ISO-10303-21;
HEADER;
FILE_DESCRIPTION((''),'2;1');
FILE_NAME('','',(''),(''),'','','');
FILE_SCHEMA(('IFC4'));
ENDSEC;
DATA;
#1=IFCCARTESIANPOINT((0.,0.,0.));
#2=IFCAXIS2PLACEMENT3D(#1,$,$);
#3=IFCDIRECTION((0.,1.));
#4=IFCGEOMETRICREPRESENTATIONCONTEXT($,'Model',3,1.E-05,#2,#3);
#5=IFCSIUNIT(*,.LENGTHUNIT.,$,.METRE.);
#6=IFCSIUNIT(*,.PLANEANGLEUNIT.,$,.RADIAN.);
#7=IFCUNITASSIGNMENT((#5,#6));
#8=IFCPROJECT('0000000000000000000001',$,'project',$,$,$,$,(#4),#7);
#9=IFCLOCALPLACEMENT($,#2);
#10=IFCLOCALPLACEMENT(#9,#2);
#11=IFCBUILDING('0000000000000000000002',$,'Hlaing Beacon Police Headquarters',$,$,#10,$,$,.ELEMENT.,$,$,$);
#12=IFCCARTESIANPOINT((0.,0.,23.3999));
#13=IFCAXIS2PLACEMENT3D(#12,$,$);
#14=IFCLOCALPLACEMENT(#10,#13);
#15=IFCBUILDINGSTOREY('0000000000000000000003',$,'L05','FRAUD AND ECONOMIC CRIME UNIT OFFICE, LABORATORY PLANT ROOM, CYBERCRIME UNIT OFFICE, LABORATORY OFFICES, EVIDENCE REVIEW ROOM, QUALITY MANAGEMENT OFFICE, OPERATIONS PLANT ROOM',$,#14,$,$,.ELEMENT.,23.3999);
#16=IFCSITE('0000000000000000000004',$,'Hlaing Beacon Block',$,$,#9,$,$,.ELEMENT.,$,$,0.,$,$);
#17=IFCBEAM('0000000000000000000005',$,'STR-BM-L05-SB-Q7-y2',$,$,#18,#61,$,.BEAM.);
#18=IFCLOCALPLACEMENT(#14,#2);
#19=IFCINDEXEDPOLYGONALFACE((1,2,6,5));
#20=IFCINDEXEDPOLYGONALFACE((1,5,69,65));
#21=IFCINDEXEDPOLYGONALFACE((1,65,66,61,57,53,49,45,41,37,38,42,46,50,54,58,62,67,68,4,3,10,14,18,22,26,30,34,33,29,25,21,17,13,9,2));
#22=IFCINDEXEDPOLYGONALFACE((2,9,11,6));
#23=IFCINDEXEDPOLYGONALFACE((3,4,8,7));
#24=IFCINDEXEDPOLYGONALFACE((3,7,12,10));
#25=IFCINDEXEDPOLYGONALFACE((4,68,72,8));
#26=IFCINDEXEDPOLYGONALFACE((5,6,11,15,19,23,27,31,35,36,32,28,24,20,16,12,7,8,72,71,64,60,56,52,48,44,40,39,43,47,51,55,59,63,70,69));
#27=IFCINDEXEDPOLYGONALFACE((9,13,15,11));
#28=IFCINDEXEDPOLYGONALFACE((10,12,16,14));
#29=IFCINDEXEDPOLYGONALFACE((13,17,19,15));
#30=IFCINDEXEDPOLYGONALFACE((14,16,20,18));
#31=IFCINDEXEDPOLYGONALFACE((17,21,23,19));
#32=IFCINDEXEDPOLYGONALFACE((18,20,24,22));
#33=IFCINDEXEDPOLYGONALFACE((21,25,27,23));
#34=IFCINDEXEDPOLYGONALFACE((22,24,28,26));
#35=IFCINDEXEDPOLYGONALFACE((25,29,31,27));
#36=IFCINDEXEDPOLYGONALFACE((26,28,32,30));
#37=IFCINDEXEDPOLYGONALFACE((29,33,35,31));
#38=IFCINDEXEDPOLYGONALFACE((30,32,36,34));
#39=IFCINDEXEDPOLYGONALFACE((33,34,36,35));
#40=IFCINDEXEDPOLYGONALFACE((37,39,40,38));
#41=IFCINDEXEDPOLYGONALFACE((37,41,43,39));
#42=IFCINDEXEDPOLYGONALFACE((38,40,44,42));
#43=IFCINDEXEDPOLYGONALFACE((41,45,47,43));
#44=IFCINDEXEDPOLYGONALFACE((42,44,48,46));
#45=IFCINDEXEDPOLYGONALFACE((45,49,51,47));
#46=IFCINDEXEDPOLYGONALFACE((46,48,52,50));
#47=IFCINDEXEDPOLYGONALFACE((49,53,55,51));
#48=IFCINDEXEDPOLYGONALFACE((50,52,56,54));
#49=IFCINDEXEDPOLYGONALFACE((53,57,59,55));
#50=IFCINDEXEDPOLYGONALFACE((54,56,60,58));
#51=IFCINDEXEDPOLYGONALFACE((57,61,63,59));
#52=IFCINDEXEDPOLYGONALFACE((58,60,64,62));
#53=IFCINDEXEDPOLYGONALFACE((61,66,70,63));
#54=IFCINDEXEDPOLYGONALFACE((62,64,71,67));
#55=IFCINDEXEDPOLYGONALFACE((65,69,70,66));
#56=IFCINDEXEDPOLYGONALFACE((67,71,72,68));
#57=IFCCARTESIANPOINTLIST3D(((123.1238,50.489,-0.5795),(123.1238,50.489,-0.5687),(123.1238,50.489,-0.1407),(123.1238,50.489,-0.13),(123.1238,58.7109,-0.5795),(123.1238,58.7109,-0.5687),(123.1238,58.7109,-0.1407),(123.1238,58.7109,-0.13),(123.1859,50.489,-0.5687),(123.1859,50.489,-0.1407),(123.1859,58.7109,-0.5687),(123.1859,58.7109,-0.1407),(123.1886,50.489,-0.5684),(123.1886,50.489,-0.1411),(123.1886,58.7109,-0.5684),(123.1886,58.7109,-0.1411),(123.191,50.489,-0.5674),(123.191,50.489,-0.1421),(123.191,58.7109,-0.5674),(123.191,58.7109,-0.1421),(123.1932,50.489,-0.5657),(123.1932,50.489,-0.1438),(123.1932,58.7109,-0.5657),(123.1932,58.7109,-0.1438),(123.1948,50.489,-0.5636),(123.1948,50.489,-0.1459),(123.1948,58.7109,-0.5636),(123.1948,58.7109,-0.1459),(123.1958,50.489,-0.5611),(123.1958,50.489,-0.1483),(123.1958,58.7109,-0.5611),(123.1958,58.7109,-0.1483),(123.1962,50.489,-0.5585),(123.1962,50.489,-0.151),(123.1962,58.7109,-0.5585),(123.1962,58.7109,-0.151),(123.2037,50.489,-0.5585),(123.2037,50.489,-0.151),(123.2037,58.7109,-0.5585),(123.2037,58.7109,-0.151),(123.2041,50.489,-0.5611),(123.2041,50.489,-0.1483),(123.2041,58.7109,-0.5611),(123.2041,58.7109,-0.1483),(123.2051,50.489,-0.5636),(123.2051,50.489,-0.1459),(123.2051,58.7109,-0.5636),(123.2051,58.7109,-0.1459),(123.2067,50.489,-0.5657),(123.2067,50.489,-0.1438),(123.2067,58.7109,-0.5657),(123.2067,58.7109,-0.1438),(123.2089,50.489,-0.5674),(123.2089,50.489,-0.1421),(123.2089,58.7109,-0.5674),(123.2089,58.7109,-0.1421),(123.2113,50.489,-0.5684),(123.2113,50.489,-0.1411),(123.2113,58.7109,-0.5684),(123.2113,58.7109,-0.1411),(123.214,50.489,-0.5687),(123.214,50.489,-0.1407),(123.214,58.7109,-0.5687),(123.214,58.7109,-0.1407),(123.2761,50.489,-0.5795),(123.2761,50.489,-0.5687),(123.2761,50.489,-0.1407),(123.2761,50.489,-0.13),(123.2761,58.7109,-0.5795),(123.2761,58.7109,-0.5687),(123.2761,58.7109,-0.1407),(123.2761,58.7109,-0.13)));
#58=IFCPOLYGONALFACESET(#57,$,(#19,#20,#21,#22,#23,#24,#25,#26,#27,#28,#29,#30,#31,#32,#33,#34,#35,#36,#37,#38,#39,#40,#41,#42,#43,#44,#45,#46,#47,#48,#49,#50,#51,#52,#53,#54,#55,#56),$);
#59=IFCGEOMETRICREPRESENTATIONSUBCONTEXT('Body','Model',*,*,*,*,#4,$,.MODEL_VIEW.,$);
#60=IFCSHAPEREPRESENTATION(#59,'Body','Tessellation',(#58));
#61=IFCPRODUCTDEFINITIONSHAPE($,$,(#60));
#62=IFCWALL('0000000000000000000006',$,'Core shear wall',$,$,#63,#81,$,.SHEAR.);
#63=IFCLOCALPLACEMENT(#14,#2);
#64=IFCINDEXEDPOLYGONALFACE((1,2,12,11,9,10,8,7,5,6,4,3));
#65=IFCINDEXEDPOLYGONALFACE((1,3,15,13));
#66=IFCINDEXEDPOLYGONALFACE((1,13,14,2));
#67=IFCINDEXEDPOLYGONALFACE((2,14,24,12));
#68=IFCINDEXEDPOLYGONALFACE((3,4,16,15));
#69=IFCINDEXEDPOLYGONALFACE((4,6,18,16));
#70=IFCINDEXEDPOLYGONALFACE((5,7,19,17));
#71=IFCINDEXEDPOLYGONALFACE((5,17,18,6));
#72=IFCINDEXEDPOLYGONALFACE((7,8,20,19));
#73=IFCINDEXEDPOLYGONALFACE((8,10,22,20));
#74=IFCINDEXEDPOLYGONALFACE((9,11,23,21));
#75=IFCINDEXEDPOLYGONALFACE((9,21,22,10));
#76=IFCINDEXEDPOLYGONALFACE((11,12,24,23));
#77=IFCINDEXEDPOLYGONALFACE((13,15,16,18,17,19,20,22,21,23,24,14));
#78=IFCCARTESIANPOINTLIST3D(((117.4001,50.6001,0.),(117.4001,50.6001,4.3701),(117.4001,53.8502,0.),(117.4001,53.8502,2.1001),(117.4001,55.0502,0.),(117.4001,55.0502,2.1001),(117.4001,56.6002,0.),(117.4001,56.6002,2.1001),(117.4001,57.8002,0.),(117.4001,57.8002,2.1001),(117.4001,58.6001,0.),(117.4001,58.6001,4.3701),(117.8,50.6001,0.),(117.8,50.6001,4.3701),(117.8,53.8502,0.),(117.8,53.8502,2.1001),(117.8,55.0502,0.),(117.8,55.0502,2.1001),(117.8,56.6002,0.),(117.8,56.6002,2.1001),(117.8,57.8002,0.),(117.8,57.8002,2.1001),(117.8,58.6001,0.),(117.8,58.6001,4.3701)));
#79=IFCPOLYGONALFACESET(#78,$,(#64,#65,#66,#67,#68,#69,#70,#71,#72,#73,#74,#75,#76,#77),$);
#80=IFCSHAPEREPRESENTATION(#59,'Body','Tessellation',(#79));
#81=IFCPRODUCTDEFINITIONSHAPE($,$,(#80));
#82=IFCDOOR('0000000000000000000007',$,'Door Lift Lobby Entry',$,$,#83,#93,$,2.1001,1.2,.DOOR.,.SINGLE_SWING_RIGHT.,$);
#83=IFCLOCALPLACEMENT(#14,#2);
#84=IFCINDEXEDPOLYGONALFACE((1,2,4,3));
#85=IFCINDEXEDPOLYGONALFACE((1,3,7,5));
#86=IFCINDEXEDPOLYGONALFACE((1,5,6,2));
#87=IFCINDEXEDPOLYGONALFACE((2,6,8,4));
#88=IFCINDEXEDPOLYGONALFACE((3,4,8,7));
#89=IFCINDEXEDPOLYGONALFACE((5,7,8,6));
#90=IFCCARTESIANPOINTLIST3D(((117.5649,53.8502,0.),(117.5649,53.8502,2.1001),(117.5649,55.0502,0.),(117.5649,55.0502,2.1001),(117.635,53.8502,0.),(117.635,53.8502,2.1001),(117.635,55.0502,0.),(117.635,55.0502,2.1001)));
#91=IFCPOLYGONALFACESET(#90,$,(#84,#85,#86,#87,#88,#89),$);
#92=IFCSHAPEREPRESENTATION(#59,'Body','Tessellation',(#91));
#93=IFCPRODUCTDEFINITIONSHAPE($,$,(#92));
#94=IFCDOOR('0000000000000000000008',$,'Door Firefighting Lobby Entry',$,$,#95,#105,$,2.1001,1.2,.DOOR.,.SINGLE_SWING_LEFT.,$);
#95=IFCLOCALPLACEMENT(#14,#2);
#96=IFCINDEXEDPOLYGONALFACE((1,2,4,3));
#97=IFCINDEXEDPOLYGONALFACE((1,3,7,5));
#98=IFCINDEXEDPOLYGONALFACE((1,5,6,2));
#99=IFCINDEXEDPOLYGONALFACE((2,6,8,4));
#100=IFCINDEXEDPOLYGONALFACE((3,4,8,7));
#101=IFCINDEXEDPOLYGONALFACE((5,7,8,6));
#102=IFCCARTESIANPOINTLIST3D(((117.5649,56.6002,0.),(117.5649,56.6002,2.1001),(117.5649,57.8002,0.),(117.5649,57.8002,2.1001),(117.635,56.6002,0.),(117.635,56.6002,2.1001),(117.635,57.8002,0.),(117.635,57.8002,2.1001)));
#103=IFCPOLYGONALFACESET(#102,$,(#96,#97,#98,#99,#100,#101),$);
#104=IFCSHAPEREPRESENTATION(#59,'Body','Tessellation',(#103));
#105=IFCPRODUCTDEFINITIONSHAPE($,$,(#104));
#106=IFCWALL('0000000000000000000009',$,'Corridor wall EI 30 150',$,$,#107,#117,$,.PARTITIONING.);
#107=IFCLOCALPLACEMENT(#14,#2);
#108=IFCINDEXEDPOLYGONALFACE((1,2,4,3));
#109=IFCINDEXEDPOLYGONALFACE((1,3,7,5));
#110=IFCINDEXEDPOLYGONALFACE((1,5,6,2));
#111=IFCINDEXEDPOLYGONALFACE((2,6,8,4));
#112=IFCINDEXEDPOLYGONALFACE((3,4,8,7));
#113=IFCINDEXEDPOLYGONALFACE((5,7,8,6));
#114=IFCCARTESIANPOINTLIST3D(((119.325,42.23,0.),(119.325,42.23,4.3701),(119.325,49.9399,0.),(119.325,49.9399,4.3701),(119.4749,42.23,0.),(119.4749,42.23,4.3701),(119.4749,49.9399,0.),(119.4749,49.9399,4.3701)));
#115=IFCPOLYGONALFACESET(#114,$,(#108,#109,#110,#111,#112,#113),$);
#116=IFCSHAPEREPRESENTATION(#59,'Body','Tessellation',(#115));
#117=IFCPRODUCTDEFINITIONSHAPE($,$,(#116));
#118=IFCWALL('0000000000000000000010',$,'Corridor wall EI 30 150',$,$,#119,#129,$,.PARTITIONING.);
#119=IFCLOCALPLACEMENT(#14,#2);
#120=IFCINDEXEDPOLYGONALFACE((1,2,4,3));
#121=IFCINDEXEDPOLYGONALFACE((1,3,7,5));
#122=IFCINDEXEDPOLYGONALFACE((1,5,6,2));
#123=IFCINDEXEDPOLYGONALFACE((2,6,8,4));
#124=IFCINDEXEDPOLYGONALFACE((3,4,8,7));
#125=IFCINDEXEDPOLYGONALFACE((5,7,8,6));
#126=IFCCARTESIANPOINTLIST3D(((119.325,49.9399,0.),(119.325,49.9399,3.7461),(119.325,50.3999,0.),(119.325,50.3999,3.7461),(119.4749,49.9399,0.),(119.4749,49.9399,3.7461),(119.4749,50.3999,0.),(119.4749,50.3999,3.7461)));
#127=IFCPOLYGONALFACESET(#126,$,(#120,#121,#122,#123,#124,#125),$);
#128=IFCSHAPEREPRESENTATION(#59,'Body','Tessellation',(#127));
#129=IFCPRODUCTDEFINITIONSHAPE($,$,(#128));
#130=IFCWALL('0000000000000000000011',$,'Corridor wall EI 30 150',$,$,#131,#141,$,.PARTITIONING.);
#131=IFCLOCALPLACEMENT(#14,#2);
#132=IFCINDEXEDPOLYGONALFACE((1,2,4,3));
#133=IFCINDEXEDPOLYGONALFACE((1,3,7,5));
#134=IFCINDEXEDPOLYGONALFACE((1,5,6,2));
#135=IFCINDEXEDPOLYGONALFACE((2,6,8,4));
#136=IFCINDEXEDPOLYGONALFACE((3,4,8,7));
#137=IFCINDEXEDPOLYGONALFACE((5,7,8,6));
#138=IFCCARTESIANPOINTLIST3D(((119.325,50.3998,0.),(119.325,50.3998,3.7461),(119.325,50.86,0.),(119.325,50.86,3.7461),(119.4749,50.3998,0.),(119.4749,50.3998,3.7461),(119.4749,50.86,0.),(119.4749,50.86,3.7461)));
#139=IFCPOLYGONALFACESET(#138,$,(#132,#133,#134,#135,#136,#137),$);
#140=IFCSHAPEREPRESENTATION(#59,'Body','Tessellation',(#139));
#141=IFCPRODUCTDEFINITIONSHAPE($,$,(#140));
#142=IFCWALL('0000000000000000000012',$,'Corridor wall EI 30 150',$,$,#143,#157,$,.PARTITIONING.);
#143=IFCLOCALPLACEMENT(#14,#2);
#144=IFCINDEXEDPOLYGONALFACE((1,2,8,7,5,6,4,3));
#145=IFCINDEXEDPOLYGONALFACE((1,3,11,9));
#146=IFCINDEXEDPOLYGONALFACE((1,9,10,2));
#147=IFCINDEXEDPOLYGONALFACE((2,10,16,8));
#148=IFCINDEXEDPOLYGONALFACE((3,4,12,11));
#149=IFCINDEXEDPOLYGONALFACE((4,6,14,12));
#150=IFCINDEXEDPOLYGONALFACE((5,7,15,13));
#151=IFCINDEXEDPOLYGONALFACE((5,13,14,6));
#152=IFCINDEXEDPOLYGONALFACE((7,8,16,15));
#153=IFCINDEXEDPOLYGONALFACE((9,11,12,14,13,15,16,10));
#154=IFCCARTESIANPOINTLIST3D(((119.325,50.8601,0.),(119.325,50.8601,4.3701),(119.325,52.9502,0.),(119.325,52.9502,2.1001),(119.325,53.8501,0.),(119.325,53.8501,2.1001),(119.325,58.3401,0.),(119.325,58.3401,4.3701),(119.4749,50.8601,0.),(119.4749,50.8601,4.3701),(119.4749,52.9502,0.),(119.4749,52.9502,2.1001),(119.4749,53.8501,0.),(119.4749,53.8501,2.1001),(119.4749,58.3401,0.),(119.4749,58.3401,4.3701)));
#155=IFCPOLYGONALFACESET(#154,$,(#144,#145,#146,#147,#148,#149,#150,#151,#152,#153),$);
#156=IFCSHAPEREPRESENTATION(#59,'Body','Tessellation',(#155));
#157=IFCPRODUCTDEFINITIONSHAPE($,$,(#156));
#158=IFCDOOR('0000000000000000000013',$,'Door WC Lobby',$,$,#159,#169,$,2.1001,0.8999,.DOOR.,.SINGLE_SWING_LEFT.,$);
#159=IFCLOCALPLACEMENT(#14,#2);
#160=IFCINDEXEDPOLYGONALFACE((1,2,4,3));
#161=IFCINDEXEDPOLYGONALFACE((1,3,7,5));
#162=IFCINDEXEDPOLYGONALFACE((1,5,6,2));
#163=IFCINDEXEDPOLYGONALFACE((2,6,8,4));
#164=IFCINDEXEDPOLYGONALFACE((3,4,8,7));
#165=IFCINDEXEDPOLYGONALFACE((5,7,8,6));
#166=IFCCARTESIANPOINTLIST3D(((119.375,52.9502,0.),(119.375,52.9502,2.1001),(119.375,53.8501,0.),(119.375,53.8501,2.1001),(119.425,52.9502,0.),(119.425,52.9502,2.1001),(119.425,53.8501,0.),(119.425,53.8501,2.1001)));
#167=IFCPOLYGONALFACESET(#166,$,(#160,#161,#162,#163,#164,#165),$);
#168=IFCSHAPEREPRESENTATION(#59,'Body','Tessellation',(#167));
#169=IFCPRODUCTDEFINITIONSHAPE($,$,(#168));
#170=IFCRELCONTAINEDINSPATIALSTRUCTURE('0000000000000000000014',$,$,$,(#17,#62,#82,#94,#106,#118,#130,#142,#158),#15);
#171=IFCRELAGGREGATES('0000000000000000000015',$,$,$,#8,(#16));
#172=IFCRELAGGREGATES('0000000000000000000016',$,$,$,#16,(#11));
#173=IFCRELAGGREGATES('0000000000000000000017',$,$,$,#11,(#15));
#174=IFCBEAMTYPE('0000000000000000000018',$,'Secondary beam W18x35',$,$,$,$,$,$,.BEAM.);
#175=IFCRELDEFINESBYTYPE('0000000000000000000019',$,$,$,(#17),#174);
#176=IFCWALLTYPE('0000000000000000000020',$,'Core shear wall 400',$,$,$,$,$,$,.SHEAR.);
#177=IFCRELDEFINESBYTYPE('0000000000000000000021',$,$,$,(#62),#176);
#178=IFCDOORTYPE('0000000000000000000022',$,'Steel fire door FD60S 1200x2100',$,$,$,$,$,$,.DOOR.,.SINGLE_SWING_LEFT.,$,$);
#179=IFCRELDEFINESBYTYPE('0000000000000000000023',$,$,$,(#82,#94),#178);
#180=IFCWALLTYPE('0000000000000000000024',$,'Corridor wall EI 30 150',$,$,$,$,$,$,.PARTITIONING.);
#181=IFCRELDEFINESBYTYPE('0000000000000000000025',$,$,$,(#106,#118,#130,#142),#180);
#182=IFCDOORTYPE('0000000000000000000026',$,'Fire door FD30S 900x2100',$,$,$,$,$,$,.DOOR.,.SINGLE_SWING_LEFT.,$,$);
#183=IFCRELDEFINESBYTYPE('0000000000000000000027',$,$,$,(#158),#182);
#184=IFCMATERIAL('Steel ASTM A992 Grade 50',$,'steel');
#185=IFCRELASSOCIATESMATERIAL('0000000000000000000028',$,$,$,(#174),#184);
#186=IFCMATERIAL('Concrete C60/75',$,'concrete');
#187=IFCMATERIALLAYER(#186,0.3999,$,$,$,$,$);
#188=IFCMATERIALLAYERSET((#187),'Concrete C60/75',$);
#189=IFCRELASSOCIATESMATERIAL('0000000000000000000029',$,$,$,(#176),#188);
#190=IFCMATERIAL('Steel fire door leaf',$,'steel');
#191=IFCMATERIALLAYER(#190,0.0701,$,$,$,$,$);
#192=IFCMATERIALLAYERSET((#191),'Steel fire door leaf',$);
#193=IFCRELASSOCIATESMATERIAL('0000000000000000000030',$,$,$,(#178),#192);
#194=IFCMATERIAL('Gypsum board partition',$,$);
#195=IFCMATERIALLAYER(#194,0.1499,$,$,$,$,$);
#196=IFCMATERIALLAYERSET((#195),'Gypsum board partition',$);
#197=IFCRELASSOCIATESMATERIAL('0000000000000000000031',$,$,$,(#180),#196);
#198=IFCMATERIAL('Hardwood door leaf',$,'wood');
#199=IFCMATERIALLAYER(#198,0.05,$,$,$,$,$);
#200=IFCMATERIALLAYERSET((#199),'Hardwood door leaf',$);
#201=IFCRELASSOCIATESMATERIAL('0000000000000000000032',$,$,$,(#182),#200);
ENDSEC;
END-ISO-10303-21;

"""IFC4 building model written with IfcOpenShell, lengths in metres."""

from ifc_helpers import new_model, si_unit, direction, frame, frame_2d, origin, origin_2d, place, context, subcontext, project, spatial, rectangle, i_section, extrude, material, layer, layer_set, material_profile, profile_set, type_object, element, fill, save


model = new_model("IFC4")

# Units and contexts
model_context = context("Model", 3, precision=1e-05, world=origin(), true_north=direction((0.0, 1.0)))
body_context = subcontext(model_context, "Body", "Model", "MODEL_VIEW")
ifc_project = project(units=[si_unit("LENGTHUNIT", "METRE"), si_unit("PLANEANGLEUNIT", "RADIAN")], contexts=[model_context])

# Site, building, storey
site_placement = place(None, origin())
site = spatial("IfcSite", under=ifc_project, at=site_placement, Name="Hlaing Beacon Block", CompositionType="ELEMENT", RefElevation=0.0)
building_placement = place(site_placement, origin())
building = spatial("IfcBuilding", under=site, at=building_placement, Name="Hlaing Beacon Police Headquarters", CompositionType="ELEMENT")
storey_placement = place(building_placement, frame((0.0, 0.0, 23.3999)))
storey = spatial("IfcBuildingStorey", under=building, at=storey_placement, Name="L05", Description="FRAUD AND ECONOMIC CRIME UNIT OFFICE, LABORATORY PLANT ROOM, CYBERCRIME UNIT OFFICE, LABORATORY OFFICES, EVIDENCE REVIEW ROOM, QUALITY MANAGEMENT OFFICE, OPERATIONS PLANT ROOM", CompositionType="ELEMENT", Elevation=23.3999)

# Beam
ifc_material_1 = material(Name="Steel ASTM A992 Grade 50", Category="steel")
ifc_material_profile_1 = material_profile(ifc_material_1, i_section(OverallWidth=0.1523, OverallDepth=0.4495, WebThickness=0.0076, FlangeThickness=0.0107, FilletRadius=0.0103, at=origin_2d()), Name="W18x35")
ifc_profile_set_1 = profile_set([ifc_material_profile_1], Name="Steel ASTM A992 Grade 50")
beam_type_1 = type_object("IfcBeamType", Name="Secondary beam W18x35", PredefinedType="BEAM", material=ifc_profile_set_1)
for number, where, z_axis, x_axis, name in (
    (1, (123.2, 50.489, -0.3547), (0.0, 1.0, 0.0), (-1.0, 0.0, 0.0), "STR-BM-L05-SB-Q7-y2"),
):
    element("IfcBeam", number, at=place(storey_placement, frame(where, z_axis=z_axis, x_axis=x_axis)), inside=storey, type_object=beam_type_1, Name=name, PredefinedType="BEAM", context=body_context, shape_type="SweptSolid", body=[
        extrude(i_section(OverallWidth=0.1523, OverallDepth=0.4495, WebThickness=0.0076, FlangeThickness=0.0107, FilletRadius=0.0103, at=origin_2d()), origin(), (0.0, 0.0, 1.0), 8.2219),
    ])

# Wall, openings, doors
ifc_material_2 = material(Name="Concrete C60/75", Category="concrete")
ifc_layer_1 = layer(ifc_material_2, 0.3999)
ifc_layer_set_1 = layer_set([ifc_layer_1], Name="Concrete C60/75")
wall_type_1 = type_object("IfcWallType", Name="Core shear wall 400", PredefinedType="SHEAR", material=ifc_layer_set_1)
wall_1_placement = place(storey_placement, frame((117.6001, 50.6001, 0.0), z_axis=(0.0, 0.0, 1.0), x_axis=(0.0, 1.0, 0.0)))
wall_1 = element("IfcWall", 2, at=wall_1_placement, inside=storey, type_object=wall_type_1, Name="Core shear wall", PredefinedType="SHEAR", context=body_context, shape_type="SweptSolid", body=[
    extrude(rectangle(XDim=8.0, YDim=0.3999, at=frame_2d((4.0, 0.0))), origin(), (0.0, 0.0, 1.0), 4.3701),
])
opening_1_placement = place(wall_1_placement, frame((3.25, 0.0, 0.0)))
opening_1 = element("IfcOpeningElement", 3, at=opening_1_placement, cuts=wall_1, PredefinedType="OPENING", context=body_context, shape_type="SweptSolid", body=[
    extrude(rectangle(XDim=1.2, YDim=2.1001, at=frame_2d((0.6001, 1.05))), frame((0.0, 0.21, 0.0), z_axis=(0.0, -1.0, 0.0), x_axis=(1.0, 0.0, 0.0)), (0.0, 0.0, 1.0), 0.4199),
])
opening_2_placement = place(wall_1_placement, frame((6.0, 0.0, 0.0)))
opening_2 = element("IfcOpeningElement", 4, at=opening_2_placement, cuts=wall_1, PredefinedType="OPENING", context=body_context, shape_type="SweptSolid", body=[
    extrude(rectangle(XDim=1.2, YDim=2.1001, at=frame_2d((0.6001, 1.05))), frame((0.0, 0.21, 0.0), z_axis=(0.0, -1.0, 0.0), x_axis=(1.0, 0.0, 0.0)), (0.0, 0.0, 1.0), 0.4199),
])
ifc_material_3 = material(Name="Steel fire door leaf", Category="steel")
ifc_layer_2 = layer(ifc_material_3, 0.0701)
ifc_layer_set_2 = layer_set([ifc_layer_2], Name="Steel fire door leaf")
door_type_1 = type_object("IfcDoorType", Name="Steel fire door FD60S 1200x2100", OperationType="SINGLE_SWING_LEFT", PredefinedType="DOOR", material=ifc_layer_set_2)
door_1_placement = place(opening_1_placement, origin())
door_1 = element("IfcDoor", 5, at=door_1_placement, inside=storey, type_object=door_type_1, Name="Door Lift Lobby Entry", OperationType="SINGLE_SWING_RIGHT", OverallHeight=2.1001, OverallWidth=1.2, PredefinedType="DOOR", context=body_context, shape_type="SweptSolid", body=[
    extrude(rectangle(XDim=1.2, YDim=2.1001, at=frame_2d((0.6001, 1.05))), frame((0.0, 0.0352, 0.0), z_axis=(0.0, -1.0, 0.0), x_axis=(1.0, 0.0, 0.0)), (0.0, 0.0, 1.0), 0.0701),
])
fill(opening_1, door_1)
door_2_placement = place(opening_2_placement, origin())
door_2 = element("IfcDoor", 6, at=door_2_placement, inside=storey, type_object=door_type_1, Name="Door Firefighting Lobby Entry", OperationType="SINGLE_SWING_LEFT", OverallHeight=2.1001, OverallWidth=1.2, PredefinedType="DOOR", context=body_context, shape_type="SweptSolid", body=[
    extrude(rectangle(XDim=1.2, YDim=2.1001, at=frame_2d((0.6001, 1.05))), frame((0.0, 0.0352, 0.0), z_axis=(0.0, -1.0, 0.0), x_axis=(1.0, 0.0, 0.0)), (0.0, 0.0, 1.0), 0.0701),
])
fill(opening_2, door_2)

# Walls
ifc_material_4 = material(Name="Gypsum board partition")
ifc_layer_3 = layer(ifc_material_4, 0.1499)
ifc_layer_set_3 = layer_set([ifc_layer_3], Name="Gypsum board partition")
wall_type_2 = type_object("IfcWallType", Name="Corridor wall EI 30 150", PredefinedType="PARTITIONING", material=ifc_layer_set_3)
wall_2_placement = place(storey_placement, frame((119.3999, 42.23, 0.0), z_axis=(0.0, 0.0, 1.0), x_axis=(0.0, 1.0, 0.0)))
element("IfcWall", 7, at=wall_2_placement, inside=storey, type_object=wall_type_2, Name="Corridor wall EI 30 150", PredefinedType="PARTITIONING", context=body_context, shape_type="SweptSolid", body=[
    extrude(rectangle(XDim=7.71, YDim=0.1499, at=frame_2d((3.855, 0.0))), origin(), (0.0, 0.0, 1.0), 4.3701),
])
wall_3_placement = place(storey_placement, frame((119.3999, 49.9399, 0.0), z_axis=(0.0, 0.0, 1.0), x_axis=(0.0, 1.0, 0.0)))
element("IfcWall", 8, at=wall_3_placement, inside=storey, type_object=wall_type_2, Name="Corridor wall EI 30 150", PredefinedType="PARTITIONING", context=body_context, shape_type="SweptSolid", body=[
    extrude(rectangle(XDim=0.46, YDim=0.1499, at=frame_2d((0.23, 0.0))), origin(), (0.0, 0.0, 1.0), 3.7461),
])
wall_4_placement = place(storey_placement, frame((119.3999, 50.3999, 0.0), z_axis=(0.0, 0.0, 1.0), x_axis=(0.0, 1.0, 0.0)))
element("IfcWall", 9, at=wall_4_placement, inside=storey, type_object=wall_type_2, Name="Corridor wall EI 30 150", PredefinedType="PARTITIONING", context=body_context, shape_type="SweptSolid", body=[
    extrude(rectangle(XDim=0.4602, YDim=0.1499, at=frame_2d((0.23, 0.0))), origin(), (0.0, 0.0, 1.0), 3.7461),
])

# Wall, opening, door
wall_5_placement = place(storey_placement, frame((119.3999, 50.8601, 0.0), z_axis=(0.0, 0.0, 1.0), x_axis=(0.0, 1.0, 0.0)))
wall_5 = element("IfcWall", 10, at=wall_5_placement, inside=storey, type_object=wall_type_2, Name="Corridor wall EI 30 150", PredefinedType="PARTITIONING", context=body_context, shape_type="SweptSolid", body=[
    extrude(rectangle(XDim=7.48, YDim=0.1499, at=frame_2d((3.74, 0.0))), origin(), (0.0, 0.0, 1.0), 4.3701),
])
opening_3_placement = place(wall_5_placement, frame((2.0901, 0.0, 0.0)))
opening_3 = element("IfcOpeningElement", 11, at=opening_3_placement, cuts=wall_5, PredefinedType="OPENING", context=body_context, shape_type="SweptSolid", body=[
    extrude(rectangle(XDim=0.8999, YDim=2.1001, at=frame_2d((0.45, 1.05))), frame((0.0, 0.085, 0.0), z_axis=(0.0, -1.0, 0.0), x_axis=(1.0, 0.0, 0.0)), (0.0, 0.0, 1.0), 0.1699),
])
ifc_material_5 = material(Name="Hardwood door leaf", Category="wood")
ifc_layer_4 = layer(ifc_material_5, 0.05)
ifc_layer_set_4 = layer_set([ifc_layer_4], Name="Hardwood door leaf")
door_type_2 = type_object("IfcDoorType", Name="Fire door FD30S 900x2100", OperationType="SINGLE_SWING_LEFT", PredefinedType="DOOR", material=ifc_layer_set_4)
door_3_placement = place(opening_3_placement, frame((0.8999, 0.0, 0.0), z_axis=(0.0, 0.0, 1.0), x_axis=(-1.0, 0.0, 0.0)))
door_3 = element("IfcDoor", 12, at=door_3_placement, inside=storey, type_object=door_type_2, Name="Door WC Lobby", OperationType="SINGLE_SWING_LEFT", OverallHeight=2.1001, OverallWidth=0.8999, PredefinedType="DOOR", context=body_context, shape_type="SweptSolid", body=[
    extrude(rectangle(XDim=0.8999, YDim=2.1001, at=frame_2d((0.45, 1.05))), frame((0.0, 0.0251, 0.0), z_axis=(0.0, -1.0, 0.0), x_axis=(1.0, 0.0, 0.0)), (0.0, 0.0, 1.0), 0.05),
])
fill(opening_3, door_3)

save(model, "model.ifc")
